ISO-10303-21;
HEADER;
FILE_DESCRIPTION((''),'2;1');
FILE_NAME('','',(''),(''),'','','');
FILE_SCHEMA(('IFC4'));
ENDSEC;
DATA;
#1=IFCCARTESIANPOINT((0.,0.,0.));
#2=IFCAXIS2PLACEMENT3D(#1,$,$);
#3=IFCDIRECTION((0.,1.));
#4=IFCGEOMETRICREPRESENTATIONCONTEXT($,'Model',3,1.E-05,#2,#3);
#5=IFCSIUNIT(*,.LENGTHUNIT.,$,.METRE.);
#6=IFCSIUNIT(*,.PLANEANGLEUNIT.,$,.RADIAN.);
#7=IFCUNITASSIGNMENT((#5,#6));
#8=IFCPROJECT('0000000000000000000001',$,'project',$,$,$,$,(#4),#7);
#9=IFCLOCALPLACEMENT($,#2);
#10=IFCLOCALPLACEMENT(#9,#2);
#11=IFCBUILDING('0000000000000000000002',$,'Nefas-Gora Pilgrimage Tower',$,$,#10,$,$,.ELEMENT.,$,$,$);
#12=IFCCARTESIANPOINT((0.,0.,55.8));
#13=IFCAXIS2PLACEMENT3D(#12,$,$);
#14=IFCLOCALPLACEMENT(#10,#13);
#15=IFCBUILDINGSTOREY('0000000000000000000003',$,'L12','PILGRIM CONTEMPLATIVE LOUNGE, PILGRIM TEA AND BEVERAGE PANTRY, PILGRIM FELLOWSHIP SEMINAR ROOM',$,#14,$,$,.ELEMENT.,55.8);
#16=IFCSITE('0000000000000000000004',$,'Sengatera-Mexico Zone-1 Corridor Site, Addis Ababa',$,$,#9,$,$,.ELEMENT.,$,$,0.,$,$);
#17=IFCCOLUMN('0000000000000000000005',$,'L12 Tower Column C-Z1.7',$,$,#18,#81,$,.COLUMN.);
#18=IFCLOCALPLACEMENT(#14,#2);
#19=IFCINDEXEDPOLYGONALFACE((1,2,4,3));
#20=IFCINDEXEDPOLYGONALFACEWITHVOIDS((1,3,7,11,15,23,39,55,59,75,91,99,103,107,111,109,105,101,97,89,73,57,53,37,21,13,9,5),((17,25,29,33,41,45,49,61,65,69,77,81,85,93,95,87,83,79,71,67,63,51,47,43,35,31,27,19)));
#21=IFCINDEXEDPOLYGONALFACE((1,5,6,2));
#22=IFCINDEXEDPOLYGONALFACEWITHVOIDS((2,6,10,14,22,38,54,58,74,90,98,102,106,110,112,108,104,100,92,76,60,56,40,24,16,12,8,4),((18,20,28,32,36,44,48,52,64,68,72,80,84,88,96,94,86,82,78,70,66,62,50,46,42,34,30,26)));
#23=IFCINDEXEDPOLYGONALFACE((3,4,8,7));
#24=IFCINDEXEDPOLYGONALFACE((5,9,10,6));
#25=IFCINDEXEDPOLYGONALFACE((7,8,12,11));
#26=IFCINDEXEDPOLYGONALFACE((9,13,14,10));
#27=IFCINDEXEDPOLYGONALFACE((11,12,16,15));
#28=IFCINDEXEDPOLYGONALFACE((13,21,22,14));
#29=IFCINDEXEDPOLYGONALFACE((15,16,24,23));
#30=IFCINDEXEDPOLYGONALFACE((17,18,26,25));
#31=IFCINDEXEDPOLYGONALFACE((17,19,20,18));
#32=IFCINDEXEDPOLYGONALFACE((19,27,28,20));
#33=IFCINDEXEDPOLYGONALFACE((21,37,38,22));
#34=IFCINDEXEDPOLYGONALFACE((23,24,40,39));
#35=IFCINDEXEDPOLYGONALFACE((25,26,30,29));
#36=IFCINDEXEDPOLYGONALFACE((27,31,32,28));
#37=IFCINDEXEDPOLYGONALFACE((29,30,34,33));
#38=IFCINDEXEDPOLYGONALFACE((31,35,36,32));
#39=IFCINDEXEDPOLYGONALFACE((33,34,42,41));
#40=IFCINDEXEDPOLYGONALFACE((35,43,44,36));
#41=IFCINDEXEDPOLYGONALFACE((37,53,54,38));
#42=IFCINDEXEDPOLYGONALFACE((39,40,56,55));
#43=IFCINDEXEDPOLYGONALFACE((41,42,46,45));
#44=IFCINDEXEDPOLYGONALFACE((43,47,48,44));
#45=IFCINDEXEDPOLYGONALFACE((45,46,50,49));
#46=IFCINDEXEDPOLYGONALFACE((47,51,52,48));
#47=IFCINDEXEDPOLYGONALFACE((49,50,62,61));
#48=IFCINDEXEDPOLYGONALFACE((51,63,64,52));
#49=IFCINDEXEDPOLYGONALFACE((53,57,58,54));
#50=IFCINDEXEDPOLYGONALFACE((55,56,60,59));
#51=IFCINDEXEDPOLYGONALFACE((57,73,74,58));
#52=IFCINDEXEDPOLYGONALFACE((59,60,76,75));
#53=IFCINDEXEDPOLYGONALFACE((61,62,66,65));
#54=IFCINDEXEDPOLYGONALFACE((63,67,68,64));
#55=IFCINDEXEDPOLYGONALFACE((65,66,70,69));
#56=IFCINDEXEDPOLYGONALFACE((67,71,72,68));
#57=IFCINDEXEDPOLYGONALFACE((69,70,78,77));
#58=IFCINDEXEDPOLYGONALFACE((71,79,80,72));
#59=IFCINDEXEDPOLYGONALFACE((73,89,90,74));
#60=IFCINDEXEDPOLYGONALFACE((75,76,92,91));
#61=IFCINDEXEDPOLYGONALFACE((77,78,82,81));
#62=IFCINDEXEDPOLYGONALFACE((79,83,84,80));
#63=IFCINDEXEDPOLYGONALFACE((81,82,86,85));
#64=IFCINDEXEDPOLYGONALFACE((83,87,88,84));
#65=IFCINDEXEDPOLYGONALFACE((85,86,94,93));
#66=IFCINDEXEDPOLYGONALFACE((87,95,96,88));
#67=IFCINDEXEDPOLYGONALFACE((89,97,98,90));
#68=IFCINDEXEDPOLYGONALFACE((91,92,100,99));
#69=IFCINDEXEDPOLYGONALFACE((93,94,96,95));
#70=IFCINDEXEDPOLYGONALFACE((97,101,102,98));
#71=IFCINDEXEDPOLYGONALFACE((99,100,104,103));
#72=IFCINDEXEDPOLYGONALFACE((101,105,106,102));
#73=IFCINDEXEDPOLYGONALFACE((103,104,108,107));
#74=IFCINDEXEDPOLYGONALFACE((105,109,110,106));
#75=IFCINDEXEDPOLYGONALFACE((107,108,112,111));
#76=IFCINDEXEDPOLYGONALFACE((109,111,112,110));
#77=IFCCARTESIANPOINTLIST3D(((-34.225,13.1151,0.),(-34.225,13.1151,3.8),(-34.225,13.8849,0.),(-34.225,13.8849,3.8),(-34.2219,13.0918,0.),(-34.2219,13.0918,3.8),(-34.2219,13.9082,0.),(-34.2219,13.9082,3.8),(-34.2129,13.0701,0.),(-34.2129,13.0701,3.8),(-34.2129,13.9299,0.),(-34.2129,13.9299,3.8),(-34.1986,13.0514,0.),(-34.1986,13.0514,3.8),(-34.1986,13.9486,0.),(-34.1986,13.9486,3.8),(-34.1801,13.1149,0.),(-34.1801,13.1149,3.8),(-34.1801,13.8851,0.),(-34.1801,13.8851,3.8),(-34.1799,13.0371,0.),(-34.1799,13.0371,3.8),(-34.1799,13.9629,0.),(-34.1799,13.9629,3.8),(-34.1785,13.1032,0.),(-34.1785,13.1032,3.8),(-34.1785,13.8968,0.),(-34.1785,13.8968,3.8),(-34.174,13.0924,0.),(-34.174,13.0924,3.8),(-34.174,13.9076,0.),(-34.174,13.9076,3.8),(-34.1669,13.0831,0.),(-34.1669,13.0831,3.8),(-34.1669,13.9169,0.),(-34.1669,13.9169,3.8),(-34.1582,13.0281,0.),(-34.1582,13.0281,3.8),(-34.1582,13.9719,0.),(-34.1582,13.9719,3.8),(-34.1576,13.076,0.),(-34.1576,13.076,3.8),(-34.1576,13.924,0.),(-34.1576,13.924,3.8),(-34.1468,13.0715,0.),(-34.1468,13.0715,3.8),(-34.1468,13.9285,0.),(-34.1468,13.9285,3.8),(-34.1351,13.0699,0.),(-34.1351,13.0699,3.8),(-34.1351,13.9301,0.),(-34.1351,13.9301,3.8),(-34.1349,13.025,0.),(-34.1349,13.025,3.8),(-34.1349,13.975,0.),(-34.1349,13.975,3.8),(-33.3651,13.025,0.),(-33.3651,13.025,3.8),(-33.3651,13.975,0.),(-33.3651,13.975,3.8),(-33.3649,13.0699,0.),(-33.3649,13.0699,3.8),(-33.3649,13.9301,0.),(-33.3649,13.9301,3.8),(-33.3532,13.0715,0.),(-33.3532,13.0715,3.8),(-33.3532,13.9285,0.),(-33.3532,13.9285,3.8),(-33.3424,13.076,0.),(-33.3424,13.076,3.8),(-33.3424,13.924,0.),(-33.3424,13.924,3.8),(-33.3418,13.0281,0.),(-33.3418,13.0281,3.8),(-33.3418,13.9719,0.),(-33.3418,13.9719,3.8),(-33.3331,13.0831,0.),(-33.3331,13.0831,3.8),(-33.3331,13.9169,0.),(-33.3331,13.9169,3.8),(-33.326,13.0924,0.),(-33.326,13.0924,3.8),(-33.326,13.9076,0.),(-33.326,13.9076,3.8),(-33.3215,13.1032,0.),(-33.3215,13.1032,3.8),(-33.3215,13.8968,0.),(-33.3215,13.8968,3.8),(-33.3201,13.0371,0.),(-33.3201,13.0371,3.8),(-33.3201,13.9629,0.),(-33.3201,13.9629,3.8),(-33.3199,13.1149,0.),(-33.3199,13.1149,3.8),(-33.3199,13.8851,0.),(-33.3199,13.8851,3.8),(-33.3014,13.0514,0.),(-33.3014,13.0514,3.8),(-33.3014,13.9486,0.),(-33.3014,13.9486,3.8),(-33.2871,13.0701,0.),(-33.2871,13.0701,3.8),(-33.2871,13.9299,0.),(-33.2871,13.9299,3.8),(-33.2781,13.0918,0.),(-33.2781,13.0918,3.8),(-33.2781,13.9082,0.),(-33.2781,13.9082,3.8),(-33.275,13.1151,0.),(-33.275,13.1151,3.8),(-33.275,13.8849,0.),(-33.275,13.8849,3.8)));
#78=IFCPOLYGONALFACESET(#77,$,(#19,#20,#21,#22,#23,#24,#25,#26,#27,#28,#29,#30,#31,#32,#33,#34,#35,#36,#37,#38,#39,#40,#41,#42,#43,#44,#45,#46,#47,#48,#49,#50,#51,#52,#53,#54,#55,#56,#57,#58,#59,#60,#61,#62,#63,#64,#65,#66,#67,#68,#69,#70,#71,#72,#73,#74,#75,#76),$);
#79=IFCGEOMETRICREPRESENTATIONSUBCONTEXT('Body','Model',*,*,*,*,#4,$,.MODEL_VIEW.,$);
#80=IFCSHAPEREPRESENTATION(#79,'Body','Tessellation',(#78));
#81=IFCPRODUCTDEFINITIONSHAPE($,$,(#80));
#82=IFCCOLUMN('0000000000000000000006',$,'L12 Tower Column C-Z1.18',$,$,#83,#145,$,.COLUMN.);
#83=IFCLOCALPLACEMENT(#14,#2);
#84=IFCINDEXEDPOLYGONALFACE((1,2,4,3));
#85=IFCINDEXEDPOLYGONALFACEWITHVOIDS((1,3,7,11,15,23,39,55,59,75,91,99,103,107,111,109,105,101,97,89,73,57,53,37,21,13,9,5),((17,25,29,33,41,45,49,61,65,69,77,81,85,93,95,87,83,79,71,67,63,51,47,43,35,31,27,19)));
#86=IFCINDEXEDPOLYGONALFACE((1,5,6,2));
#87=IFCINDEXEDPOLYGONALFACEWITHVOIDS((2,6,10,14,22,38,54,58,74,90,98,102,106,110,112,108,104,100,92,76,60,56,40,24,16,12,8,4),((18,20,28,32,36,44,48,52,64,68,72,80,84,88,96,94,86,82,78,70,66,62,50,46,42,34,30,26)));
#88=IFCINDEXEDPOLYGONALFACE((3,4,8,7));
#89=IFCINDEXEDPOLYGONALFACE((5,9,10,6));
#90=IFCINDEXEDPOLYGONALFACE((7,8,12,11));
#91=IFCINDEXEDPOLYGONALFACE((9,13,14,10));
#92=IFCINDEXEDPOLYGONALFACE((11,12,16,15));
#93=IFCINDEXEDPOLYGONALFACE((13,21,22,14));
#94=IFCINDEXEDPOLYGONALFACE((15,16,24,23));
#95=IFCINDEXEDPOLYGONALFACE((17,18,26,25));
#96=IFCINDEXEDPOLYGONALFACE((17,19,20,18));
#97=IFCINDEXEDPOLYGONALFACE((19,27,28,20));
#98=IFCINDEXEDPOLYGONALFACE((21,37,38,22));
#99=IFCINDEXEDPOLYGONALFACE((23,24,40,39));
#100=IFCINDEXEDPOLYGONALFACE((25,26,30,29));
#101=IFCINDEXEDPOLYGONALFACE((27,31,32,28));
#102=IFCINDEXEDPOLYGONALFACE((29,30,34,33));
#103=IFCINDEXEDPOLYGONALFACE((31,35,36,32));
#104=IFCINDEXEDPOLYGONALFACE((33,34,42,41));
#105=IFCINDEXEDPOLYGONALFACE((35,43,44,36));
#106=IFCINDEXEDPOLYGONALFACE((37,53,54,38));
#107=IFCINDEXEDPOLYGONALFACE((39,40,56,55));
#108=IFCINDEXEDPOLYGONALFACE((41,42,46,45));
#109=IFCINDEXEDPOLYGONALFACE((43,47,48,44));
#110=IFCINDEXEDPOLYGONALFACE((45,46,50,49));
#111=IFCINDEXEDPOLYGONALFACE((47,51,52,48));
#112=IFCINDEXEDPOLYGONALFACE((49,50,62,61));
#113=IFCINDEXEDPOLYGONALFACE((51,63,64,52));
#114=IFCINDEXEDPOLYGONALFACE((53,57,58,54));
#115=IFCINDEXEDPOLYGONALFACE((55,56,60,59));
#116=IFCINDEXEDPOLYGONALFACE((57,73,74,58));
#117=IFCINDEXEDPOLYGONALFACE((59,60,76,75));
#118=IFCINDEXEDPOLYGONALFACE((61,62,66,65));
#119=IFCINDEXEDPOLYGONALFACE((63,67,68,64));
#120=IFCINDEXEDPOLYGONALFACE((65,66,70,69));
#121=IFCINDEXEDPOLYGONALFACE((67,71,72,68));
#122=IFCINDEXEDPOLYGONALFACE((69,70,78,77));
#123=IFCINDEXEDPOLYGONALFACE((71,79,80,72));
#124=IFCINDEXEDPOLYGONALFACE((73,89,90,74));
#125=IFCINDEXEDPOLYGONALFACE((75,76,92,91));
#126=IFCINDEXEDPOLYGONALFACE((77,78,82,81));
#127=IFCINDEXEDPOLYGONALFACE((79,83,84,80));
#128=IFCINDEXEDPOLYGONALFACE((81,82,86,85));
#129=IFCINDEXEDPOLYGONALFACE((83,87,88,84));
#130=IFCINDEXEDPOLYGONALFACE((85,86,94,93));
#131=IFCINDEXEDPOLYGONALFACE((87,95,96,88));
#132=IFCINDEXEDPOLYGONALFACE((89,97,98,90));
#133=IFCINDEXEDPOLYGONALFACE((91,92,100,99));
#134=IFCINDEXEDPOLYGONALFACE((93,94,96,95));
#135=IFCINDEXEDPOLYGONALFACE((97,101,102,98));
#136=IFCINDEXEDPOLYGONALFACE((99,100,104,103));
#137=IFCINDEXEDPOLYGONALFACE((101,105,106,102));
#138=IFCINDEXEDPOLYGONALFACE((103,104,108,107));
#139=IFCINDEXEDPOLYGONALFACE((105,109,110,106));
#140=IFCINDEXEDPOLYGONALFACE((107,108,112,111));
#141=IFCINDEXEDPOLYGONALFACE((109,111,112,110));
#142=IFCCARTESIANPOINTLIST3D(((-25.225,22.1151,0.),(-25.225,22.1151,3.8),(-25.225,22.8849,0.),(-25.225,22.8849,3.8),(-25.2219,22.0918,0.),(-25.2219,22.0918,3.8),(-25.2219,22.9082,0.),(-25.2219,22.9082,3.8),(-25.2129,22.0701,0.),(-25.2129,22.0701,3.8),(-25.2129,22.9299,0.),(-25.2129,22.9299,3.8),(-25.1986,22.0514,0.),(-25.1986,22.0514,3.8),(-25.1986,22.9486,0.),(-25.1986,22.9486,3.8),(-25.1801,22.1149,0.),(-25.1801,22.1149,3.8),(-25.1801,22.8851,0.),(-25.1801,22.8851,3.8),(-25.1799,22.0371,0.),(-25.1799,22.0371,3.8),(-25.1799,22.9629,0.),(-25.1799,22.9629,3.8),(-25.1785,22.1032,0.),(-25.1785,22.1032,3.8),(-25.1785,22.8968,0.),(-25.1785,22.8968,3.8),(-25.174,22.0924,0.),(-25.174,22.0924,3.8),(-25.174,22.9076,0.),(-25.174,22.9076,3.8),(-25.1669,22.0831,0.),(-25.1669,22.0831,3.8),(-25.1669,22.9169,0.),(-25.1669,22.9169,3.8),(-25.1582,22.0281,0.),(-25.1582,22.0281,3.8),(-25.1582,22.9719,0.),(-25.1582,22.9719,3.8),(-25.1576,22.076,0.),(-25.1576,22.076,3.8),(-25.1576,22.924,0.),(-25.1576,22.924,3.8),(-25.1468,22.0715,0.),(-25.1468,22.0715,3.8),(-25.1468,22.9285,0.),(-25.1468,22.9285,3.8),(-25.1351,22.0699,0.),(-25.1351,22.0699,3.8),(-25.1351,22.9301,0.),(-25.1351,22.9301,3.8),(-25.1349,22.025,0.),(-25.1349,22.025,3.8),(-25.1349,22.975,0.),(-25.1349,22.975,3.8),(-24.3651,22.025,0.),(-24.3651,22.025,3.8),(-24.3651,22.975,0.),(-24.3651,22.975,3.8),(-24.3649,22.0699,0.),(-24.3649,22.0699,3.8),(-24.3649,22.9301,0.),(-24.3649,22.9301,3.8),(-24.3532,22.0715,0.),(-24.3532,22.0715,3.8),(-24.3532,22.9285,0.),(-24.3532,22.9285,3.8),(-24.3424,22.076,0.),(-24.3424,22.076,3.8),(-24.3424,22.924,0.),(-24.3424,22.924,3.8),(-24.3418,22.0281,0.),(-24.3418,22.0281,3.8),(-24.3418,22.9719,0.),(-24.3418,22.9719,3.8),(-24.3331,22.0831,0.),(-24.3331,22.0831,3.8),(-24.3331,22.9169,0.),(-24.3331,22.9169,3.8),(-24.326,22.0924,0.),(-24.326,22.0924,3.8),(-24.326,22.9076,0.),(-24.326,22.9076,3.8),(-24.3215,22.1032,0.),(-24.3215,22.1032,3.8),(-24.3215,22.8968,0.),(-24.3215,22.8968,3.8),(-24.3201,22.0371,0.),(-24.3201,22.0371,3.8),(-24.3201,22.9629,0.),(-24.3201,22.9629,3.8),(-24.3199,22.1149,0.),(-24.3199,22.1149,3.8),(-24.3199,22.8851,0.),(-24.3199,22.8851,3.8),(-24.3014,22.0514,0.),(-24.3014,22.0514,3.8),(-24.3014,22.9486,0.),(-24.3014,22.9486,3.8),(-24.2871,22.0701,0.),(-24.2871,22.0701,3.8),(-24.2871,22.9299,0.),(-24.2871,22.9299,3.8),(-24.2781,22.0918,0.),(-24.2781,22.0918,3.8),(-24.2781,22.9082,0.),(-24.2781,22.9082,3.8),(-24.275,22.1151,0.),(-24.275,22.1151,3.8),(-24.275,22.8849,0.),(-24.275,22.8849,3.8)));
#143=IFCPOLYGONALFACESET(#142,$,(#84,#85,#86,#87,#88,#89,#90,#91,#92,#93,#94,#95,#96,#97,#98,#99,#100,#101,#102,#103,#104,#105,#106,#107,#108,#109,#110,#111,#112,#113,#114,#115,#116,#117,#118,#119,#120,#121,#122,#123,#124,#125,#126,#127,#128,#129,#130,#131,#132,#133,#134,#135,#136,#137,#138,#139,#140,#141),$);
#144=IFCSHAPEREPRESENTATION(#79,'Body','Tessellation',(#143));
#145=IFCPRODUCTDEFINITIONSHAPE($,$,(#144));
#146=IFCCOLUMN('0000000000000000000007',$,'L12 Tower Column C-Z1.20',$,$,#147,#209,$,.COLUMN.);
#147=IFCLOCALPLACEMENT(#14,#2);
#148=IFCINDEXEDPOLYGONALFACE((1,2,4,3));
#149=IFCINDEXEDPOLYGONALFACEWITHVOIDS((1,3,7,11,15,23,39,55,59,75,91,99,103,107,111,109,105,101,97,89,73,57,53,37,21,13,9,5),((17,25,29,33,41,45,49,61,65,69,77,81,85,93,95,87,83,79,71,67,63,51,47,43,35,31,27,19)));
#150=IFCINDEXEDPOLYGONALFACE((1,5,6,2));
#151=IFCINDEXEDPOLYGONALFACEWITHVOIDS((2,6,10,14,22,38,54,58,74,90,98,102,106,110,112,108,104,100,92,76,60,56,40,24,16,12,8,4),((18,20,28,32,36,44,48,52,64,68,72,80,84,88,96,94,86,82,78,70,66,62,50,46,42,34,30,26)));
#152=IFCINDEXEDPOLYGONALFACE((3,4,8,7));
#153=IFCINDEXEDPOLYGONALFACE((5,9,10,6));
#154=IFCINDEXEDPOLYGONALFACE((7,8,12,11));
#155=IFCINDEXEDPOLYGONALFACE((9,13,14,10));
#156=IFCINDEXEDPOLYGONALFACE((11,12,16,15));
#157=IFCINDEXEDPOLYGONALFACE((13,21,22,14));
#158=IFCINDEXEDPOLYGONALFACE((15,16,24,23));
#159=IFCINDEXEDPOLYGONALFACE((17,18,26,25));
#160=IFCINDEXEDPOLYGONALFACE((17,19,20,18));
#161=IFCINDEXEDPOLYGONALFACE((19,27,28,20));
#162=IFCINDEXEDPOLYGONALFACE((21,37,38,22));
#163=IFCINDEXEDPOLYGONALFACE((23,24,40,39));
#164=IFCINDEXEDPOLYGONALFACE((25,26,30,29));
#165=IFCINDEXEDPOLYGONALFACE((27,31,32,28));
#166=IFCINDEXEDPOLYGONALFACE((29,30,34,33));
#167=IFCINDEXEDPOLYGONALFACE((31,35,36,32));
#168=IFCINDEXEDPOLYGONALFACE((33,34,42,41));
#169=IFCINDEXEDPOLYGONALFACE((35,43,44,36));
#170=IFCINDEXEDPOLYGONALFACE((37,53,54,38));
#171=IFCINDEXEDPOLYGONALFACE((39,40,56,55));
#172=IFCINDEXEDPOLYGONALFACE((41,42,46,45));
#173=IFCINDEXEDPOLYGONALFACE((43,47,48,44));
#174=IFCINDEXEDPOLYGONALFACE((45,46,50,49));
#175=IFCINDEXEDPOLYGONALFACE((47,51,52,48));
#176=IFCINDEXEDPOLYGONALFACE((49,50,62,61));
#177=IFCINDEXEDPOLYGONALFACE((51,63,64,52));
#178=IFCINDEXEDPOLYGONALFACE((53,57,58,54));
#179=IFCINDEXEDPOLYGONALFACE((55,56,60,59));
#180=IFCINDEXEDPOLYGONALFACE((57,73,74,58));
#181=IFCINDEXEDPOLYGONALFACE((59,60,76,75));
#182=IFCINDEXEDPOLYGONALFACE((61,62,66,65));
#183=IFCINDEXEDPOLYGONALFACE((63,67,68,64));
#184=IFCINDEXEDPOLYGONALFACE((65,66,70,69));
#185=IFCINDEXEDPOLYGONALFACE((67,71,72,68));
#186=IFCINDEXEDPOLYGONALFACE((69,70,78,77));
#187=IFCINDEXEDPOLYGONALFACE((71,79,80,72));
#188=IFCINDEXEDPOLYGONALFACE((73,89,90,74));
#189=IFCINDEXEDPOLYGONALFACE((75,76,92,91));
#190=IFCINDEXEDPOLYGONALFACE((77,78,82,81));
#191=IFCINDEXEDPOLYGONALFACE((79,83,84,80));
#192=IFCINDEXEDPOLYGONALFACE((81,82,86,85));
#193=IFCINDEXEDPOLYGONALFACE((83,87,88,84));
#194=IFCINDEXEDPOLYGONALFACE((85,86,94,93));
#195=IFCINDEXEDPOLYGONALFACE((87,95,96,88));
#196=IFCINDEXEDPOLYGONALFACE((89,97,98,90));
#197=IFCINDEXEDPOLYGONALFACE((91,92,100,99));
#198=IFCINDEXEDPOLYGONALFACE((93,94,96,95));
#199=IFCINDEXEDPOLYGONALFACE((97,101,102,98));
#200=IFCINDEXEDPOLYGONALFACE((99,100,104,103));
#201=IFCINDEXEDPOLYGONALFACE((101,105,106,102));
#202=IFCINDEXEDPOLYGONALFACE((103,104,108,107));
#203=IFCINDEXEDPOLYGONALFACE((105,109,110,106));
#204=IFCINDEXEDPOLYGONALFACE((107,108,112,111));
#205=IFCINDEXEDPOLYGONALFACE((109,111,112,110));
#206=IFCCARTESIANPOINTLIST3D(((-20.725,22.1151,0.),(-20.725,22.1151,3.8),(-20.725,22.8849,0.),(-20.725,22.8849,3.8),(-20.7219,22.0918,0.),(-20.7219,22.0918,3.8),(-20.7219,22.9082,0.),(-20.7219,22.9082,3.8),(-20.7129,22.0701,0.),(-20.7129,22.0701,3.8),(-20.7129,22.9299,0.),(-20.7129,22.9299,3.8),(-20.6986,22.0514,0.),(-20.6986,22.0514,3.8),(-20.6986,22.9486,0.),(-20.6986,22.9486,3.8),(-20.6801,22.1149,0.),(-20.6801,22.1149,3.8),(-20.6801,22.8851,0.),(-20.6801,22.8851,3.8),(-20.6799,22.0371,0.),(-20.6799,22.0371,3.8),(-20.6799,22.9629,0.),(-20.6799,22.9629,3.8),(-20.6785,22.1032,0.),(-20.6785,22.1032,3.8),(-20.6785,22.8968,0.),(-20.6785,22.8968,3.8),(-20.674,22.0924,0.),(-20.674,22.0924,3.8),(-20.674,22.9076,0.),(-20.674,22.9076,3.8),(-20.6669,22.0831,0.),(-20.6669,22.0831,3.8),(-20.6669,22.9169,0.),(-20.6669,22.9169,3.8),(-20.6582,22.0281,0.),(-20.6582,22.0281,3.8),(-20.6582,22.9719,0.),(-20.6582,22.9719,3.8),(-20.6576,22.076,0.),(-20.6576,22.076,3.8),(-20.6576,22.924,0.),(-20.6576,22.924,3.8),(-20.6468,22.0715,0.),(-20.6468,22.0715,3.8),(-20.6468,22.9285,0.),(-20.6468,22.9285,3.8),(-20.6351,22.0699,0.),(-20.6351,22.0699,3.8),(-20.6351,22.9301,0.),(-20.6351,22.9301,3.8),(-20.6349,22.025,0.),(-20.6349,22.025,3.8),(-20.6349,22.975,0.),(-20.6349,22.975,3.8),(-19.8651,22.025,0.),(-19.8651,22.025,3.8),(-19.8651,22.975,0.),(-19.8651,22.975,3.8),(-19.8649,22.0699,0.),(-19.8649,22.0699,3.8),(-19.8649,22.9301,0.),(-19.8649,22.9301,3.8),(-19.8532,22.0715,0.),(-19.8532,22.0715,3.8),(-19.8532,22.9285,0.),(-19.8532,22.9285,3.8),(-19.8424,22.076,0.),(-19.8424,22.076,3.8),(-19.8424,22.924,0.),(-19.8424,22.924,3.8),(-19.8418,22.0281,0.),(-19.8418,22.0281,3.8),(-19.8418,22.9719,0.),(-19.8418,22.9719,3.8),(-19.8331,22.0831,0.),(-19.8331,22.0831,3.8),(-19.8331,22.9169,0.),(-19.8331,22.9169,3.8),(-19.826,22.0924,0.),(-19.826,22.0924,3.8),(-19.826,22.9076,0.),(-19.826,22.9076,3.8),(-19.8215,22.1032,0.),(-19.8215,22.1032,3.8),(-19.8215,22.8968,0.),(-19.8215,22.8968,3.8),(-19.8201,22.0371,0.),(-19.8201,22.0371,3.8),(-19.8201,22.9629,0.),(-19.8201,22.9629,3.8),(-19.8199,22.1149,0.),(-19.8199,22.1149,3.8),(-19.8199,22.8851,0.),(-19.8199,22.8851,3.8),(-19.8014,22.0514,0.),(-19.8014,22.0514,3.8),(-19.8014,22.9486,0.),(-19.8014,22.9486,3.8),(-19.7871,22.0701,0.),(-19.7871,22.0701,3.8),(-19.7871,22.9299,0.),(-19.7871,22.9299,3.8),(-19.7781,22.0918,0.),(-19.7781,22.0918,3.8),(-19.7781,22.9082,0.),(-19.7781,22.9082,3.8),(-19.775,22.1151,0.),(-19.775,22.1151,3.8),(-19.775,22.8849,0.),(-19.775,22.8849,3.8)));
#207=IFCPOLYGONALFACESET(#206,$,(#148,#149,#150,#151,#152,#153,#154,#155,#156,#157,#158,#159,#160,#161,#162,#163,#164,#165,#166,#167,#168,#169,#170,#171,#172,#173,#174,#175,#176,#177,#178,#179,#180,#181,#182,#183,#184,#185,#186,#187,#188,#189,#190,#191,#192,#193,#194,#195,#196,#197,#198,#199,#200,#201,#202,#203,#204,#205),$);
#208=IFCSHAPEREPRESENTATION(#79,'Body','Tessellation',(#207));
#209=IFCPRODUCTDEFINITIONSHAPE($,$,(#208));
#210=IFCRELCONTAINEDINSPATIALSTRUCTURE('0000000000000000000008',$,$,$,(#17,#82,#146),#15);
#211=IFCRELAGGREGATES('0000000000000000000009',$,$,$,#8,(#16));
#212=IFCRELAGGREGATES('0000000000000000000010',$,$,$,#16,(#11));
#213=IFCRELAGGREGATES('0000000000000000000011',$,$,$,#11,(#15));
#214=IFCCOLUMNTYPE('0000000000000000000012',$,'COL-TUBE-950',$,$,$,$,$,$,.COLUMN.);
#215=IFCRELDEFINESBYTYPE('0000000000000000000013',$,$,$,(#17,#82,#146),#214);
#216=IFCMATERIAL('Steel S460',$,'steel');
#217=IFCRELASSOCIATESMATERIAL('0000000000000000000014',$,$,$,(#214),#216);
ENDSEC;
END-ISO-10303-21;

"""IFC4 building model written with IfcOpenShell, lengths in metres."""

from ifc_helpers import new_model, si_unit, direction, frame, origin, origin_2d, place, context, subcontext, project, spatial, hollow_rectangle, extrude, source, transform, mapped, material, material_profile, profile_set, type_object, element, save


model = new_model("IFC4")

# Units and contexts
model_context = context("Model", 3, precision=1e-05, world=origin(), true_north=direction((0.0, 1.0)))
body_context = subcontext(model_context, "Body", "Model", "MODEL_VIEW")
ifc_project = project(units=[si_unit("LENGTHUNIT", "METRE"), si_unit("PLANEANGLEUNIT", "RADIAN")], contexts=[model_context])

# Site, building, storey
site_placement = place(None, origin())
site = spatial("IfcSite", under=ifc_project, at=site_placement, Name="Sengatera-Mexico Zone-1 Corridor Site, Addis Ababa", CompositionType="ELEMENT", RefElevation=0.0)
building_placement = place(site_placement, origin())
building = spatial("IfcBuilding", under=site, at=building_placement, Name="Nefas-Gora Pilgrimage Tower", CompositionType="ELEMENT")
storey_placement = place(building_placement, frame((0.0, 0.0, 55.8)))
storey = spatial("IfcBuildingStorey", under=building, at=storey_placement, Name="L12", Description="PILGRIM CONTEMPLATIVE LOUNGE, PILGRIM TEA AND BEVERAGE PANTRY, PILGRIM FELLOWSHIP SEMINAR ROOM", CompositionType="ELEMENT", Elevation=55.8)

# Columns
ifc_material_1 = material(Name="Steel S460", Category="steel")
ifc_material_profile_1 = material_profile(ifc_material_1, hollow_rectangle(XDim=0.95, YDim=0.95, WallThickness=0.0449, InnerFilletRadius=0.0449, OuterFilletRadius=0.0901, at=origin_2d()), Name="BOX 950x950x45")
ifc_profile_set_1 = profile_set([ifc_material_profile_1], Name="Steel S460")
column_type_1 = type_object("IfcColumnType", Name="COL-TUBE-950", PredefinedType="COLUMN", material=ifc_profile_set_1)
shared_shape_1 = source(origin(), body_context, "Body", "SweptSolid", [
    extrude(hollow_rectangle(XDim=0.95, YDim=0.95, WallThickness=0.0449, InnerFilletRadius=0.0449, OuterFilletRadius=0.0901, at=origin_2d()), origin(), (0.0, 0.0, 1.0), 3.8),
])
for number, where, z_axis, x_axis, name in (
    (1, (-33.75, 13.5, 0.0), (0.0, 0.0, 1.0), (1.0, 0.0, 0.0), "L12 Tower Column C-Z1.7"),
    (2, (-24.75, 22.5, 0.0), (0.0, 0.0, 1.0), (1.0, 0.0, 0.0), "L12 Tower Column C-Z1.18"),
    (3, (-20.25, 22.5, 0.0), (0.0, 0.0, 1.0), (1.0, 0.0, 0.0), "L12 Tower Column C-Z1.20"),
):
    element("IfcColumn", number, at=place(storey_placement, frame(where, z_axis=z_axis, x_axis=x_axis)), inside=storey, type_object=column_type_1, Name=name, PredefinedType="COLUMN", context=body_context, shape_type="MappedRepresentation", body=[
        mapped(shared_shape_1, transform((0.0, 0.0, 0.0), x_axis=(1.0, 0.0, 0.0), y_axis=(0.0, 1.0, 0.0), z_axis=(0.0, 0.0, 1.0), scale=1.0)),
    ])

save(model, "model.ifc")
